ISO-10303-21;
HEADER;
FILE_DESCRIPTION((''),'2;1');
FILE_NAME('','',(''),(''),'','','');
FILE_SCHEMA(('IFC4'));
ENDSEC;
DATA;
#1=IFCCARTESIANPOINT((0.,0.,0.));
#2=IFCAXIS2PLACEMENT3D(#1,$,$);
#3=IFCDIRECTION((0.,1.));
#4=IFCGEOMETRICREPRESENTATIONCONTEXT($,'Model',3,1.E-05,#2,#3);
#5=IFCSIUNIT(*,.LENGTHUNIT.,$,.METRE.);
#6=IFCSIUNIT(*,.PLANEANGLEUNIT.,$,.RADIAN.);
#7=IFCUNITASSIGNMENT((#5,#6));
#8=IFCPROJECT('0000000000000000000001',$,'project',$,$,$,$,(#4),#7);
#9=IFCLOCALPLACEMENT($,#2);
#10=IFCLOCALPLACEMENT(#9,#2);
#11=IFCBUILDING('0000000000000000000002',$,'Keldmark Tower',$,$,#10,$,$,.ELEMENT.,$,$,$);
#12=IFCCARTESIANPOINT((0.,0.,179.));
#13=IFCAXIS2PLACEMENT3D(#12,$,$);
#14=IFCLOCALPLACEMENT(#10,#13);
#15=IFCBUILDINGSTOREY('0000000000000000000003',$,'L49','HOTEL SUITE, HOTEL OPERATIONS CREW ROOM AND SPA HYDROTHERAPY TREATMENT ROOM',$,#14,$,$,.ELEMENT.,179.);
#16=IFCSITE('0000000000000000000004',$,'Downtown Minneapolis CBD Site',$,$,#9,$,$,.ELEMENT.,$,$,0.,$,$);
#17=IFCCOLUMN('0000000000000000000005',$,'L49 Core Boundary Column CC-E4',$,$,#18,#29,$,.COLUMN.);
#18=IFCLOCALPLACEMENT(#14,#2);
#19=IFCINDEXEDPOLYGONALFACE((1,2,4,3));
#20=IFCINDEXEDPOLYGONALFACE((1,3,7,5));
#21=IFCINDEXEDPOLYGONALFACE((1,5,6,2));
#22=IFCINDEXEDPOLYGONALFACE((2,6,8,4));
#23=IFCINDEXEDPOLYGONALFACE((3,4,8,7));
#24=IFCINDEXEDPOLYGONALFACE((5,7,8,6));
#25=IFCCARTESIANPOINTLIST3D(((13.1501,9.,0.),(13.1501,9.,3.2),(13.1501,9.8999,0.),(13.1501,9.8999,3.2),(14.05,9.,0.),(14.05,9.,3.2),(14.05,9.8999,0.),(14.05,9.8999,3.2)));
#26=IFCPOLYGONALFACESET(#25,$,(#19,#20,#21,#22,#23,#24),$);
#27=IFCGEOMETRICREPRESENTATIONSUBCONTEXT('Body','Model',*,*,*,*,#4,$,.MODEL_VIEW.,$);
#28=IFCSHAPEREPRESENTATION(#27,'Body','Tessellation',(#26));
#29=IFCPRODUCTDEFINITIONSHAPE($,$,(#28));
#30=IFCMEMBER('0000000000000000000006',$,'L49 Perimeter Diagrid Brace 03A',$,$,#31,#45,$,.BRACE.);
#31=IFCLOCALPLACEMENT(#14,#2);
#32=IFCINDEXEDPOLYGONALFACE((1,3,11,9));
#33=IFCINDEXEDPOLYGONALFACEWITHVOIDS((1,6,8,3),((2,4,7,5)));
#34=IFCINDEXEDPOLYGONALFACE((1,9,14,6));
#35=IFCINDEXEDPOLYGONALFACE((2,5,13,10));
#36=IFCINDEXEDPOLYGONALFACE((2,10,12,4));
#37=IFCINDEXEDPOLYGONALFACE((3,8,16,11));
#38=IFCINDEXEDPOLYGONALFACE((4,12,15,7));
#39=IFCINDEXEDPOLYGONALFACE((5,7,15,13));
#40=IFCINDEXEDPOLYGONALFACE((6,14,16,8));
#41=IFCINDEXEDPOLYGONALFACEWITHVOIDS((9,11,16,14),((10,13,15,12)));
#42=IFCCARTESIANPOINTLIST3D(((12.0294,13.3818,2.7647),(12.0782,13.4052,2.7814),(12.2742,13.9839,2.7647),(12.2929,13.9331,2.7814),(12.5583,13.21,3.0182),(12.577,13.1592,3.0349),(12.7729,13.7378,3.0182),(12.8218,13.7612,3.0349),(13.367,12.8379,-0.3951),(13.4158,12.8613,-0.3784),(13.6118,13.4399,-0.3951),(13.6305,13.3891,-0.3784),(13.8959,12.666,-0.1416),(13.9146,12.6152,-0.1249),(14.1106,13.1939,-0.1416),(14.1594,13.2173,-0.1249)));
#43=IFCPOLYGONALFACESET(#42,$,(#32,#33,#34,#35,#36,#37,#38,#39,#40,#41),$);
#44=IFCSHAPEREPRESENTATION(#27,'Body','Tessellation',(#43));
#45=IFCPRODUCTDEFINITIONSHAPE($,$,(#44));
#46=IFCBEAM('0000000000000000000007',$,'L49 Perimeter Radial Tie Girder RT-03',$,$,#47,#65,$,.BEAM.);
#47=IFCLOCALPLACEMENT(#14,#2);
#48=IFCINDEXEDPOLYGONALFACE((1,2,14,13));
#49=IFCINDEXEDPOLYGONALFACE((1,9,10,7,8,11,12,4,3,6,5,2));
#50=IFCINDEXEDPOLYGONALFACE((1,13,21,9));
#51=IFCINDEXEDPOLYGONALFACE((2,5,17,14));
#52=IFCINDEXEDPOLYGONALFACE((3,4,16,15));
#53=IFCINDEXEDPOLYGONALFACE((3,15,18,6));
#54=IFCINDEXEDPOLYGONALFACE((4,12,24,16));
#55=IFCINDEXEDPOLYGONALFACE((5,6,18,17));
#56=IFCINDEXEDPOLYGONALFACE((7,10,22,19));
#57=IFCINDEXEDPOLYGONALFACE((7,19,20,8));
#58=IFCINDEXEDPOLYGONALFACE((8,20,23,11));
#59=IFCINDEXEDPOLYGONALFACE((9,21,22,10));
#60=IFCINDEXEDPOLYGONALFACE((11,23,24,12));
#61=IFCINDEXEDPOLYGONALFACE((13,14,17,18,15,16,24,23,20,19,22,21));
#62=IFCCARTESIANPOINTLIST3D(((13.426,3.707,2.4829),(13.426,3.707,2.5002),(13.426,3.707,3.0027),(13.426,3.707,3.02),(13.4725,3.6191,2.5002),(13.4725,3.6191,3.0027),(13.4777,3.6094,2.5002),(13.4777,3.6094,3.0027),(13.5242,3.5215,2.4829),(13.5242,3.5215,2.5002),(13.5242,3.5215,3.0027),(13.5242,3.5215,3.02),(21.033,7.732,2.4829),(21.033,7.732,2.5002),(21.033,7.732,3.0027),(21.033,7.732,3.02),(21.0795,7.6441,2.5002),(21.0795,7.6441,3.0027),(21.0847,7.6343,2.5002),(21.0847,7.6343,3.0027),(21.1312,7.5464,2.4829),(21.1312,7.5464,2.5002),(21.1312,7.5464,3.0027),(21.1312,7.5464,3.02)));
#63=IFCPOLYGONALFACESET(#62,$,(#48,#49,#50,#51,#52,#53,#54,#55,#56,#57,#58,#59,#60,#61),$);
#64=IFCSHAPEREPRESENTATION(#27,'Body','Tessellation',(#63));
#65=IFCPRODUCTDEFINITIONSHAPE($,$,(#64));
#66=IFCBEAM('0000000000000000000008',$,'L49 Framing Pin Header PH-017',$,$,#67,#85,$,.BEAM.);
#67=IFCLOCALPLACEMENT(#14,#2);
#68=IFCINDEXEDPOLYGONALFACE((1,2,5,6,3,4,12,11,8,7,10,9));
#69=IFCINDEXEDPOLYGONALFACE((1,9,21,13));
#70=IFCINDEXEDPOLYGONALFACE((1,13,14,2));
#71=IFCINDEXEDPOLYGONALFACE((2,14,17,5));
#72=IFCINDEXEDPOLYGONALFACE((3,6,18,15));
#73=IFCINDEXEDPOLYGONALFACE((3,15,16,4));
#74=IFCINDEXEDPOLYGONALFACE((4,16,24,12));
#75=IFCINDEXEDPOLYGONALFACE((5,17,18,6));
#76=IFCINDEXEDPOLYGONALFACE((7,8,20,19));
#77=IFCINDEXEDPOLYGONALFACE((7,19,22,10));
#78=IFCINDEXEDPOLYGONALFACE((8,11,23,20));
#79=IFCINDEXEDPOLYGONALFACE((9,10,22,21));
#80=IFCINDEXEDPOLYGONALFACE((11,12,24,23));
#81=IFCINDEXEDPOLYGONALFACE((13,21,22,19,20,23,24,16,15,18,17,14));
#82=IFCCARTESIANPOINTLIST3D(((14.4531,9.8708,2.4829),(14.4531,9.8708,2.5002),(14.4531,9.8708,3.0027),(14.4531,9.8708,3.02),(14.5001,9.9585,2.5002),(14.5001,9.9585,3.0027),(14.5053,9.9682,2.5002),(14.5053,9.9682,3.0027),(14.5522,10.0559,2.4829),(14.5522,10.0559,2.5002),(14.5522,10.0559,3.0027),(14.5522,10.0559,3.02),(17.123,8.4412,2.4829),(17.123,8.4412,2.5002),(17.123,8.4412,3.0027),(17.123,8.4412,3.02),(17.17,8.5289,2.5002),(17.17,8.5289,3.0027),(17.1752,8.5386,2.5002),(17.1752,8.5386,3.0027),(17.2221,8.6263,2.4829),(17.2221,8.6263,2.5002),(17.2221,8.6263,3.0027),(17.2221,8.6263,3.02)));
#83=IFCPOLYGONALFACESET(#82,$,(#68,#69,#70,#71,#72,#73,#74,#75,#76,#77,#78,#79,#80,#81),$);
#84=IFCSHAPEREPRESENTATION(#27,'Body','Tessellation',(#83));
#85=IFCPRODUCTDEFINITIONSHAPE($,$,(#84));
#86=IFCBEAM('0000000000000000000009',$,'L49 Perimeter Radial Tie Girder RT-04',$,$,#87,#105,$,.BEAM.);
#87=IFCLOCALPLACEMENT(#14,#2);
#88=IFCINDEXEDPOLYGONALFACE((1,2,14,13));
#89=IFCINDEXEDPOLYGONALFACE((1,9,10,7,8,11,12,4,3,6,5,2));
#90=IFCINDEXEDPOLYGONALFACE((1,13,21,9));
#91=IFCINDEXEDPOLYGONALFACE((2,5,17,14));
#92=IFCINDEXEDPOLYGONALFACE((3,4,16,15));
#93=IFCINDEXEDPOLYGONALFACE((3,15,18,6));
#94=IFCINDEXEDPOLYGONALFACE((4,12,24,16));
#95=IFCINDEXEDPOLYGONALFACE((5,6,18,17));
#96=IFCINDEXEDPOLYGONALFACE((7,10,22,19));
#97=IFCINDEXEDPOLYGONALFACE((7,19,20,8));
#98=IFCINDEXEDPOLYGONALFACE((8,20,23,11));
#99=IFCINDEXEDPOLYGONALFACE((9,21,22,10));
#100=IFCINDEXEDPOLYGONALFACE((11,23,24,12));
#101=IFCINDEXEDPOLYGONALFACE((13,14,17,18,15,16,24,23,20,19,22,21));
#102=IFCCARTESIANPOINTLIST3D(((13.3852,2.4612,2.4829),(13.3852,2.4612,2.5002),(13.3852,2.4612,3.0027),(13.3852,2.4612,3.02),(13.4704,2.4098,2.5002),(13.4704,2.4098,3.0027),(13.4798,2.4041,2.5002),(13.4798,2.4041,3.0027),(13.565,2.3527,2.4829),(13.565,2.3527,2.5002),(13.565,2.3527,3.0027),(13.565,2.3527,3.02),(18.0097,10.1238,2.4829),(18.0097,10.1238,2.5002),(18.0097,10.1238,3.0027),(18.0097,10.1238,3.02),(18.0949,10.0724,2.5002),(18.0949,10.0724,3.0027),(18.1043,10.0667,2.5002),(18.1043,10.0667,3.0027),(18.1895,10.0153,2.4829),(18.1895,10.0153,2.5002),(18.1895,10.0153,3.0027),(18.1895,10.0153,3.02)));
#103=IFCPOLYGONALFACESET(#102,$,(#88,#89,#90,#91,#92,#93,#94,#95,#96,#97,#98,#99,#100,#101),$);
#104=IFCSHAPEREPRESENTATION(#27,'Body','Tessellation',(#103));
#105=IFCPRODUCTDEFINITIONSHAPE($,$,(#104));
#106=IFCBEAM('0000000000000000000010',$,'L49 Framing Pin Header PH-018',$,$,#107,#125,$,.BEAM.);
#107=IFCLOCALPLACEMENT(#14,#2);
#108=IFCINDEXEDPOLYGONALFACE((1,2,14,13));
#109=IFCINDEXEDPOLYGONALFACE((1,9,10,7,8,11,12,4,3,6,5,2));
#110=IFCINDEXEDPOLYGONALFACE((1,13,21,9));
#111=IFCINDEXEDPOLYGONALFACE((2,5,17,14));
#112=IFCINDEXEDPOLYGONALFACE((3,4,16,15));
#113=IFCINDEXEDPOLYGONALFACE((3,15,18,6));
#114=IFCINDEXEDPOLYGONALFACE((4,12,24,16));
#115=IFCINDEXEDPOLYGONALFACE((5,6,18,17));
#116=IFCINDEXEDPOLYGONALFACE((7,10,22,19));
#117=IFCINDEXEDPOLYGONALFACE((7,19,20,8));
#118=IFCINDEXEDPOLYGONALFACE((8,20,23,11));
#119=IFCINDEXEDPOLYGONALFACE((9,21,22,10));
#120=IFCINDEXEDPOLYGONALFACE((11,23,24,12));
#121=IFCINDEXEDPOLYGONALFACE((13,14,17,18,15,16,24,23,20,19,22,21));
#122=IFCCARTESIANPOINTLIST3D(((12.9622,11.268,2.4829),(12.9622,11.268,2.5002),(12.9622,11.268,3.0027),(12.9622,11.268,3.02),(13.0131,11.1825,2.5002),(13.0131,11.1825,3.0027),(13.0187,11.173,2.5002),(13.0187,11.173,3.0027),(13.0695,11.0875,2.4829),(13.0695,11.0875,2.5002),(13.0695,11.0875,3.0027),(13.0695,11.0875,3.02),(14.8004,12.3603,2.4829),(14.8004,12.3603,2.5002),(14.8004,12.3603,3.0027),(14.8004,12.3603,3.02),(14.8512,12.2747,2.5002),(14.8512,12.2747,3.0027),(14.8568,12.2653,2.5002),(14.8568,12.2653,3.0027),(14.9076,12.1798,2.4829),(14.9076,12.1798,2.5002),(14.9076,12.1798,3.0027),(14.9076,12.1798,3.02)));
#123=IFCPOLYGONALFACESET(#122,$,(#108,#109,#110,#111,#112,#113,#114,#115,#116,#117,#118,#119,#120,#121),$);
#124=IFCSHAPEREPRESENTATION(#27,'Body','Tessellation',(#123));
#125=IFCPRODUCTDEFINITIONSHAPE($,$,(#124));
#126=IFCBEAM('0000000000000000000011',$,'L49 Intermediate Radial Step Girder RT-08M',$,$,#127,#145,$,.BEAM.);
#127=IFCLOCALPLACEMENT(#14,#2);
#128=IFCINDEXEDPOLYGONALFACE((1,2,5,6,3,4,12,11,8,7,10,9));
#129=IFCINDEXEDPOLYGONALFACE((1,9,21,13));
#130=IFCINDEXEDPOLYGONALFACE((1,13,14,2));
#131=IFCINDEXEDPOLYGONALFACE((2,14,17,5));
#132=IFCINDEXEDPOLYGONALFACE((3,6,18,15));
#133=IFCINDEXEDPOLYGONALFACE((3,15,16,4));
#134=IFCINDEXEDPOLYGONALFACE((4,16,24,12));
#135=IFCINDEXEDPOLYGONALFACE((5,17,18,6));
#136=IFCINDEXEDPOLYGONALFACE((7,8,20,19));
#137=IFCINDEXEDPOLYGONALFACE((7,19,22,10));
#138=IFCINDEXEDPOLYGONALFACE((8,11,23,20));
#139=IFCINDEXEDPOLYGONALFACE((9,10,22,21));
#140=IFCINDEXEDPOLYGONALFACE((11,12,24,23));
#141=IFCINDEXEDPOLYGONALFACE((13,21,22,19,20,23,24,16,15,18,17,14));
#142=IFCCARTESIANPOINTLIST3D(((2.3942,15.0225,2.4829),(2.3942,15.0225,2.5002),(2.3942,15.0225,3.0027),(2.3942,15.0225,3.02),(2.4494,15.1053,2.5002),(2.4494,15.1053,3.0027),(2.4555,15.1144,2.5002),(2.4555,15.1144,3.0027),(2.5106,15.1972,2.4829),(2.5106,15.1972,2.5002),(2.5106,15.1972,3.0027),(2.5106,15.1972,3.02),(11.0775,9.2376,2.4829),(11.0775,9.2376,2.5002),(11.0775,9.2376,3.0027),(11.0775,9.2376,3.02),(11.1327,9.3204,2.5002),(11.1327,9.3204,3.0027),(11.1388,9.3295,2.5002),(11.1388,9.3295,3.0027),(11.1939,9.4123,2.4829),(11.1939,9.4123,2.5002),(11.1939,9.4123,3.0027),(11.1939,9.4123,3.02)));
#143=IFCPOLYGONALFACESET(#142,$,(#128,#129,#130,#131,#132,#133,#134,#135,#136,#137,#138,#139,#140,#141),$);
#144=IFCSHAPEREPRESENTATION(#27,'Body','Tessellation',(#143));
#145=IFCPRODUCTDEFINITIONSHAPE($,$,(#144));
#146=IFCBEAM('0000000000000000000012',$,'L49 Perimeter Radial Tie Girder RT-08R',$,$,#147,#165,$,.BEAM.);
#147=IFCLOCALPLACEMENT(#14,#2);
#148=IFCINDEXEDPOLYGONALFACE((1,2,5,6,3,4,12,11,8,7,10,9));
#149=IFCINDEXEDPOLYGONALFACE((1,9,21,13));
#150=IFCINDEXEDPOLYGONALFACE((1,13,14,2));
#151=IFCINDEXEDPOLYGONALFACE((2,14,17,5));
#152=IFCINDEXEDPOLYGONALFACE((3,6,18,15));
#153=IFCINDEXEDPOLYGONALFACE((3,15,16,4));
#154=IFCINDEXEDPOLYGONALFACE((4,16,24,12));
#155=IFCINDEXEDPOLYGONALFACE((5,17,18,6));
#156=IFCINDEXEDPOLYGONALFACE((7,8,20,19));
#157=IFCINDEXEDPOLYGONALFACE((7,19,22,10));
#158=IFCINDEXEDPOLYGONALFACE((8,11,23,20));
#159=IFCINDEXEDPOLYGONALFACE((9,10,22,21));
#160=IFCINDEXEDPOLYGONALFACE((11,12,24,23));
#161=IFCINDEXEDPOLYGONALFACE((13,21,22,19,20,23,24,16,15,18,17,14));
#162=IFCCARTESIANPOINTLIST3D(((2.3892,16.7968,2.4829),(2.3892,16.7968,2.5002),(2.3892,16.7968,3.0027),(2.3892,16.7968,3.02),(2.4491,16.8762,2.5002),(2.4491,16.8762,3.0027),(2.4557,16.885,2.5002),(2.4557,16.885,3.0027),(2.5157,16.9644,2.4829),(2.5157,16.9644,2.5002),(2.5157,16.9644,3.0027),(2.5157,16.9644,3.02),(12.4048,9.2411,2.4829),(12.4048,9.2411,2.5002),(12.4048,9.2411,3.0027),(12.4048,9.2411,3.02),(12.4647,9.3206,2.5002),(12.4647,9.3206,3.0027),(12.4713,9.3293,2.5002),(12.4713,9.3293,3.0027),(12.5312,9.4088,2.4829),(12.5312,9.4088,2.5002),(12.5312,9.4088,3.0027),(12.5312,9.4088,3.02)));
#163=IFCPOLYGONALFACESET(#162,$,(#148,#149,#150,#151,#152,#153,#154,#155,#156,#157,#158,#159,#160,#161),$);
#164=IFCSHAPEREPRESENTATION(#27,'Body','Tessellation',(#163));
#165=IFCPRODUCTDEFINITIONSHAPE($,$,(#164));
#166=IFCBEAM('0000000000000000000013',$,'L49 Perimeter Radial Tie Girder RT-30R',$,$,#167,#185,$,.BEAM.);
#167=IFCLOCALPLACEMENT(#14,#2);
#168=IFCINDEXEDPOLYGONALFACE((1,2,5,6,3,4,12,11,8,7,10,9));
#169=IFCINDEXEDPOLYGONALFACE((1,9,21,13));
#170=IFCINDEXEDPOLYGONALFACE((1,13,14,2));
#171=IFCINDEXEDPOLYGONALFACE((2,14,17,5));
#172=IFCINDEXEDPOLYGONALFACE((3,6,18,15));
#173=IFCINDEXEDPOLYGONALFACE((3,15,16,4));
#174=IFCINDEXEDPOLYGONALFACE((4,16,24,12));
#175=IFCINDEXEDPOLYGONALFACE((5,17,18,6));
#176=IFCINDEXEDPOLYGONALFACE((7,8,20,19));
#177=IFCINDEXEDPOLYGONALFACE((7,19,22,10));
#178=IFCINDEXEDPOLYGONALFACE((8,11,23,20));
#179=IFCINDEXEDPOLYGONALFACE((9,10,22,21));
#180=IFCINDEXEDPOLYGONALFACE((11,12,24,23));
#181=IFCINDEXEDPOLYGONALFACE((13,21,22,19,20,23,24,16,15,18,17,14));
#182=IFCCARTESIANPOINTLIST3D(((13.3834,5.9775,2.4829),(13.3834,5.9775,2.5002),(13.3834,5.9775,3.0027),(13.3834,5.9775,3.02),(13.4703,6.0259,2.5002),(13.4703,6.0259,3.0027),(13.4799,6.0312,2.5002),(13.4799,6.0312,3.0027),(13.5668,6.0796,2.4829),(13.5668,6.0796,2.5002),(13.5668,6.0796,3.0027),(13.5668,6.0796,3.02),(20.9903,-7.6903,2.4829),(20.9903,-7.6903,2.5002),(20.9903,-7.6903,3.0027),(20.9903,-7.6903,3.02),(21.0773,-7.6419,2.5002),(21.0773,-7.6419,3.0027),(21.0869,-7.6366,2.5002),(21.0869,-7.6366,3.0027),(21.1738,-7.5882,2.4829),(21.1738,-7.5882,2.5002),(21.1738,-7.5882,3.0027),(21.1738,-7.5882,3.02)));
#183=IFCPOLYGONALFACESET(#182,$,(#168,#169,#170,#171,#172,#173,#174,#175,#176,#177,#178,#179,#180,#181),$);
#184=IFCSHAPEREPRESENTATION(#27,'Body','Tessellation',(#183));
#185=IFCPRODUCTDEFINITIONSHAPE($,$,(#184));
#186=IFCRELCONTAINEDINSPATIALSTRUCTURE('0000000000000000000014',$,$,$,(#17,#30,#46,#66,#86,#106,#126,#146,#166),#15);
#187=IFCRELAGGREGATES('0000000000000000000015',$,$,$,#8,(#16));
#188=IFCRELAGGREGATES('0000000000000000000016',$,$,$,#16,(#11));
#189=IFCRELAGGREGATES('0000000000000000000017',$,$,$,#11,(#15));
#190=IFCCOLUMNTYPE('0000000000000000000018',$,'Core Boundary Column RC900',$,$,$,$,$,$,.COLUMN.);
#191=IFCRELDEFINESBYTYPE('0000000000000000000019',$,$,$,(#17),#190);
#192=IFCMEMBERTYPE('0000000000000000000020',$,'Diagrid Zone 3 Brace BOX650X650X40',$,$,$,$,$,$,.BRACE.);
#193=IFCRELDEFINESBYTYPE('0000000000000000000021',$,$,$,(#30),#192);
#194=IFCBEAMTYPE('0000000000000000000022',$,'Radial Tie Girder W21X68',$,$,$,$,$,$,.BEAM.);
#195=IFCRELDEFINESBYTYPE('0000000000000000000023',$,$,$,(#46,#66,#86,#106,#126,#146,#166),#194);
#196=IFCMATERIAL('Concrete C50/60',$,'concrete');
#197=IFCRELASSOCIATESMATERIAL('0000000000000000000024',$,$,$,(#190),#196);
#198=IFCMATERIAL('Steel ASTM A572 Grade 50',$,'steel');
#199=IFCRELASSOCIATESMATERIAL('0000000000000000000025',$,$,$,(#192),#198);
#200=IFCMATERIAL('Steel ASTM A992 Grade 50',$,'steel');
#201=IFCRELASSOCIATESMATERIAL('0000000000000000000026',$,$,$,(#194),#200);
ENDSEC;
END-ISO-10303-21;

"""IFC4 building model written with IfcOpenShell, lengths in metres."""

from ifc_helpers import new_model, si_unit, direction, frame, origin, origin_2d, place, context, subcontext, project, spatial, rectangle, hollow_rectangle, i_section, extrude, material, material_profile, profile_set, type_object, element, save


model = new_model("IFC4")

# Units and contexts
model_context = context("Model", 3, precision=1e-05, world=origin(), true_north=direction((0.0, 1.0)))
body_context = subcontext(model_context, "Body", "Model", "MODEL_VIEW")
ifc_project = project(units=[si_unit("LENGTHUNIT", "METRE"), si_unit("PLANEANGLEUNIT", "RADIAN")], contexts=[model_context])

# Site, building, storey
site_placement = place(None, origin())
site = spatial("IfcSite", under=ifc_project, at=site_placement, Name="Downtown Minneapolis CBD Site", CompositionType="ELEMENT", RefElevation=0.0)
building_placement = place(site_placement, origin())
building = spatial("IfcBuilding", under=site, at=building_placement, Name="Keldmark Tower", CompositionType="ELEMENT")
storey_placement = place(building_placement, frame((0.0, 0.0, 179.0)))
storey = spatial("IfcBuildingStorey", under=building, at=storey_placement, Name="L49", Description="HOTEL SUITE, HOTEL OPERATIONS CREW ROOM AND SPA HYDROTHERAPY TREATMENT ROOM", CompositionType="ELEMENT", Elevation=179.0)

# Column
ifc_material_1 = material(Name="Concrete C50/60", Category="concrete")
ifc_material_profile_1 = material_profile(ifc_material_1, rectangle(XDim=0.8999, YDim=0.8999, at=origin_2d()), Name="RC900X900")
ifc_profile_set_1 = profile_set([ifc_material_profile_1], Name="Concrete C50/60")
column_type = type_object("IfcColumnType", Name="Core Boundary Column RC900", PredefinedType="COLUMN", material=ifc_profile_set_1)
column_placement = place(storey_placement, frame((13.6001, 9.45, 0.0), z_axis=(0.0, 0.0, 1.0), x_axis=(1.0, 0.0, 0.0)))
element("IfcColumn", 1, at=column_placement, inside=storey, type_object=column_type, Name="L49 Core Boundary Column CC-E4", PredefinedType="COLUMN", context=body_context, shape_type="SweptSolid", body=[
    extrude(rectangle(XDim=0.8999, YDim=0.8999, at=origin_2d()), origin(), (0.0, 0.0, 1.0), 3.2),
])

# Member
ifc_material_2 = material(Name="Steel ASTM A572 Grade 50", Category="steel")
ifc_material_profile_2 = material_profile(ifc_material_2, hollow_rectangle(XDim=0.6499, YDim=0.6499, WallThickness=0.04, at=origin_2d()), Name="BOX650X650X40")
ifc_profile_set_2 = profile_set([ifc_material_profile_2], Name="Steel ASTM A572 Grade 50")
member_type = type_object("IfcMemberType", Name="Diagrid Zone 3 Brace BOX650X650X40", PredefinedType="BRACE", material=ifc_profile_set_2)
member_placement = place(storey_placement, frame((13.7632, 13.0276, -0.26), z_axis=(-0.38502, 0.156566, 0.909531), x_axis=(-0.37669, -0.926339, 0.0)))
element("IfcMember", 2, at=member_placement, inside=storey, type_object=member_type, Name="L49 Perimeter Diagrid Brace 03A", PredefinedType="BRACE", context=body_context, shape_type="SweptSolid", body=[
    extrude(hollow_rectangle(XDim=0.6499, YDim=0.6499, WallThickness=0.04, at=origin_2d()), origin(), (0.0, 0.0, 1.0), 3.4741),
])

# Beams
ifc_material_3 = material(Name="Steel ASTM A992 Grade 50", Category="steel")
ifc_material_profile_3 = material_profile(ifc_material_3, i_section(OverallWidth=0.21, OverallDepth=0.5371, WebThickness=0.011, FlangeThickness=0.0173, at=origin_2d()), Name="W21X68")
ifc_profile_set_3 = profile_set([ifc_material_profile_3], Name="Steel ASTM A992 Grade 50")
beam_type_1 = type_object("IfcBeamType", Name="Radial Tie Girder W21X68", PredefinedType="BEAM", material=ifc_profile_set_3)
beam_1_placement = place(storey_placement, frame((13.4751, 3.6143, 2.7515), z_axis=(0.883898, 0.467679, 0.0), x_axis=(-0.467679, 0.883898, 0.0)))
element("IfcBeam", 3, at=beam_1_placement, inside=storey, type_object=beam_type_1, Name="L49 Perimeter Radial Tie Girder RT-03", PredefinedType="BEAM", context=body_context, shape_type="SweptSolid", body=[
    extrude(i_section(OverallWidth=0.21, OverallDepth=0.5371, WebThickness=0.011, FlangeThickness=0.0173, at=origin_2d()), origin(), (0.0, 0.0, 1.0), 8.6062),
])
beam_2_placement = place(storey_placement, frame((14.5027, 9.9634, 2.7515), z_axis=(0.881566, -0.47206, 0.0), x_axis=(0.47206, 0.881566, 0.0)))
element("IfcBeam", 4, at=beam_2_placement, inside=storey, type_object=beam_type_1, Name="L49 Framing Pin Header PH-017", PredefinedType="BEAM", context=body_context, shape_type="SweptSolid", body=[
    extrude(i_section(OverallWidth=0.21, OverallDepth=0.5371, WebThickness=0.011, FlangeThickness=0.0173, at=origin_2d()), origin(), (0.0, 0.0, 1.0), 3.0286),
])
beam_3_placement = place(storey_placement, frame((13.4751, 2.407, 2.7515), z_axis=(0.516708, 0.856161, 0.0), x_axis=(-0.856161, 0.516708, 0.0)))
element("IfcBeam", 5, at=beam_3_placement, inside=storey, type_object=beam_type_1, Name="L49 Perimeter Radial Tie Girder RT-04", PredefinedType="BEAM", context=body_context, shape_type="SweptSolid", body=[
    extrude(i_section(OverallWidth=0.21, OverallDepth=0.5371, WebThickness=0.011, FlangeThickness=0.0173, at=origin_2d()), origin(), (0.0, 0.0, 1.0), 8.95),
])
beam_4_placement = place(storey_placement, frame((14.854, 12.27, 2.7515), z_axis=(-0.859671, -0.510847, 0.0), x_axis=(0.510847, -0.859671, 0.0)))
element("IfcBeam", 6, at=beam_4_placement, inside=storey, type_object=beam_type_1, Name="L49 Framing Pin Header PH-018", PredefinedType="BEAM", context=body_context, shape_type="SweptSolid", body=[
    extrude(i_section(OverallWidth=0.21, OverallDepth=0.5371, WebThickness=0.011, FlangeThickness=0.0173, at=origin_2d()), origin(), (0.0, 0.0, 1.0), 2.1382),
])
beam_5_placement = place(storey_placement, frame((11.1357, 9.325, 2.7515), z_axis=(-0.832227, 0.554436, 0.0), x_axis=(-0.554436, -0.832227, 0.0)))
element("IfcBeam", 7, at=beam_5_placement, inside=storey, type_object=beam_type_1, Name="L49 Intermediate Radial Step Girder RT-08M", PredefinedType="BEAM", context=body_context, shape_type="SweptSolid", body=[
    extrude(i_section(OverallWidth=0.21, OverallDepth=0.5371, WebThickness=0.011, FlangeThickness=0.0173, at=origin_2d()), origin(), (0.0, 0.0, 1.0), 10.4338),
])
beam_6_placement = place(storey_placement, frame((12.468, 9.325, 2.7515), z_axis=(-0.798316, 0.602239, 0.0), x_axis=(-0.602239, -0.798316, 0.0)))
element("IfcBeam", 8, at=beam_6_placement, inside=storey, type_object=beam_type_1, Name="L49 Perimeter Radial Tie Girder RT-08R", PredefinedType="BEAM", context=body_context, shape_type="SweptSolid", body=[
    extrude(i_section(OverallWidth=0.21, OverallDepth=0.5371, WebThickness=0.011, FlangeThickness=0.0173, at=origin_2d()), origin(), (0.0, 0.0, 1.0), 12.5459),
])
beam_7_placement = place(storey_placement, frame((13.4751, 6.0286, 2.7515), z_axis=(0.486315, -0.873784, 0.0), x_axis=(0.873784, 0.486315, 0.0)))
element("IfcBeam", 9, at=beam_7_placement, inside=storey, type_object=beam_type_1, Name="L49 Perimeter Radial Tie Girder RT-30R", PredefinedType="BEAM", context=body_context, shape_type="SweptSolid", body=[
    extrude(i_section(OverallWidth=0.21, OverallDepth=0.5371, WebThickness=0.011, FlangeThickness=0.0173, at=origin_2d()), origin(), (0.0, 0.0, 1.0), 15.6421),
])

save(model, "model.ifc")
